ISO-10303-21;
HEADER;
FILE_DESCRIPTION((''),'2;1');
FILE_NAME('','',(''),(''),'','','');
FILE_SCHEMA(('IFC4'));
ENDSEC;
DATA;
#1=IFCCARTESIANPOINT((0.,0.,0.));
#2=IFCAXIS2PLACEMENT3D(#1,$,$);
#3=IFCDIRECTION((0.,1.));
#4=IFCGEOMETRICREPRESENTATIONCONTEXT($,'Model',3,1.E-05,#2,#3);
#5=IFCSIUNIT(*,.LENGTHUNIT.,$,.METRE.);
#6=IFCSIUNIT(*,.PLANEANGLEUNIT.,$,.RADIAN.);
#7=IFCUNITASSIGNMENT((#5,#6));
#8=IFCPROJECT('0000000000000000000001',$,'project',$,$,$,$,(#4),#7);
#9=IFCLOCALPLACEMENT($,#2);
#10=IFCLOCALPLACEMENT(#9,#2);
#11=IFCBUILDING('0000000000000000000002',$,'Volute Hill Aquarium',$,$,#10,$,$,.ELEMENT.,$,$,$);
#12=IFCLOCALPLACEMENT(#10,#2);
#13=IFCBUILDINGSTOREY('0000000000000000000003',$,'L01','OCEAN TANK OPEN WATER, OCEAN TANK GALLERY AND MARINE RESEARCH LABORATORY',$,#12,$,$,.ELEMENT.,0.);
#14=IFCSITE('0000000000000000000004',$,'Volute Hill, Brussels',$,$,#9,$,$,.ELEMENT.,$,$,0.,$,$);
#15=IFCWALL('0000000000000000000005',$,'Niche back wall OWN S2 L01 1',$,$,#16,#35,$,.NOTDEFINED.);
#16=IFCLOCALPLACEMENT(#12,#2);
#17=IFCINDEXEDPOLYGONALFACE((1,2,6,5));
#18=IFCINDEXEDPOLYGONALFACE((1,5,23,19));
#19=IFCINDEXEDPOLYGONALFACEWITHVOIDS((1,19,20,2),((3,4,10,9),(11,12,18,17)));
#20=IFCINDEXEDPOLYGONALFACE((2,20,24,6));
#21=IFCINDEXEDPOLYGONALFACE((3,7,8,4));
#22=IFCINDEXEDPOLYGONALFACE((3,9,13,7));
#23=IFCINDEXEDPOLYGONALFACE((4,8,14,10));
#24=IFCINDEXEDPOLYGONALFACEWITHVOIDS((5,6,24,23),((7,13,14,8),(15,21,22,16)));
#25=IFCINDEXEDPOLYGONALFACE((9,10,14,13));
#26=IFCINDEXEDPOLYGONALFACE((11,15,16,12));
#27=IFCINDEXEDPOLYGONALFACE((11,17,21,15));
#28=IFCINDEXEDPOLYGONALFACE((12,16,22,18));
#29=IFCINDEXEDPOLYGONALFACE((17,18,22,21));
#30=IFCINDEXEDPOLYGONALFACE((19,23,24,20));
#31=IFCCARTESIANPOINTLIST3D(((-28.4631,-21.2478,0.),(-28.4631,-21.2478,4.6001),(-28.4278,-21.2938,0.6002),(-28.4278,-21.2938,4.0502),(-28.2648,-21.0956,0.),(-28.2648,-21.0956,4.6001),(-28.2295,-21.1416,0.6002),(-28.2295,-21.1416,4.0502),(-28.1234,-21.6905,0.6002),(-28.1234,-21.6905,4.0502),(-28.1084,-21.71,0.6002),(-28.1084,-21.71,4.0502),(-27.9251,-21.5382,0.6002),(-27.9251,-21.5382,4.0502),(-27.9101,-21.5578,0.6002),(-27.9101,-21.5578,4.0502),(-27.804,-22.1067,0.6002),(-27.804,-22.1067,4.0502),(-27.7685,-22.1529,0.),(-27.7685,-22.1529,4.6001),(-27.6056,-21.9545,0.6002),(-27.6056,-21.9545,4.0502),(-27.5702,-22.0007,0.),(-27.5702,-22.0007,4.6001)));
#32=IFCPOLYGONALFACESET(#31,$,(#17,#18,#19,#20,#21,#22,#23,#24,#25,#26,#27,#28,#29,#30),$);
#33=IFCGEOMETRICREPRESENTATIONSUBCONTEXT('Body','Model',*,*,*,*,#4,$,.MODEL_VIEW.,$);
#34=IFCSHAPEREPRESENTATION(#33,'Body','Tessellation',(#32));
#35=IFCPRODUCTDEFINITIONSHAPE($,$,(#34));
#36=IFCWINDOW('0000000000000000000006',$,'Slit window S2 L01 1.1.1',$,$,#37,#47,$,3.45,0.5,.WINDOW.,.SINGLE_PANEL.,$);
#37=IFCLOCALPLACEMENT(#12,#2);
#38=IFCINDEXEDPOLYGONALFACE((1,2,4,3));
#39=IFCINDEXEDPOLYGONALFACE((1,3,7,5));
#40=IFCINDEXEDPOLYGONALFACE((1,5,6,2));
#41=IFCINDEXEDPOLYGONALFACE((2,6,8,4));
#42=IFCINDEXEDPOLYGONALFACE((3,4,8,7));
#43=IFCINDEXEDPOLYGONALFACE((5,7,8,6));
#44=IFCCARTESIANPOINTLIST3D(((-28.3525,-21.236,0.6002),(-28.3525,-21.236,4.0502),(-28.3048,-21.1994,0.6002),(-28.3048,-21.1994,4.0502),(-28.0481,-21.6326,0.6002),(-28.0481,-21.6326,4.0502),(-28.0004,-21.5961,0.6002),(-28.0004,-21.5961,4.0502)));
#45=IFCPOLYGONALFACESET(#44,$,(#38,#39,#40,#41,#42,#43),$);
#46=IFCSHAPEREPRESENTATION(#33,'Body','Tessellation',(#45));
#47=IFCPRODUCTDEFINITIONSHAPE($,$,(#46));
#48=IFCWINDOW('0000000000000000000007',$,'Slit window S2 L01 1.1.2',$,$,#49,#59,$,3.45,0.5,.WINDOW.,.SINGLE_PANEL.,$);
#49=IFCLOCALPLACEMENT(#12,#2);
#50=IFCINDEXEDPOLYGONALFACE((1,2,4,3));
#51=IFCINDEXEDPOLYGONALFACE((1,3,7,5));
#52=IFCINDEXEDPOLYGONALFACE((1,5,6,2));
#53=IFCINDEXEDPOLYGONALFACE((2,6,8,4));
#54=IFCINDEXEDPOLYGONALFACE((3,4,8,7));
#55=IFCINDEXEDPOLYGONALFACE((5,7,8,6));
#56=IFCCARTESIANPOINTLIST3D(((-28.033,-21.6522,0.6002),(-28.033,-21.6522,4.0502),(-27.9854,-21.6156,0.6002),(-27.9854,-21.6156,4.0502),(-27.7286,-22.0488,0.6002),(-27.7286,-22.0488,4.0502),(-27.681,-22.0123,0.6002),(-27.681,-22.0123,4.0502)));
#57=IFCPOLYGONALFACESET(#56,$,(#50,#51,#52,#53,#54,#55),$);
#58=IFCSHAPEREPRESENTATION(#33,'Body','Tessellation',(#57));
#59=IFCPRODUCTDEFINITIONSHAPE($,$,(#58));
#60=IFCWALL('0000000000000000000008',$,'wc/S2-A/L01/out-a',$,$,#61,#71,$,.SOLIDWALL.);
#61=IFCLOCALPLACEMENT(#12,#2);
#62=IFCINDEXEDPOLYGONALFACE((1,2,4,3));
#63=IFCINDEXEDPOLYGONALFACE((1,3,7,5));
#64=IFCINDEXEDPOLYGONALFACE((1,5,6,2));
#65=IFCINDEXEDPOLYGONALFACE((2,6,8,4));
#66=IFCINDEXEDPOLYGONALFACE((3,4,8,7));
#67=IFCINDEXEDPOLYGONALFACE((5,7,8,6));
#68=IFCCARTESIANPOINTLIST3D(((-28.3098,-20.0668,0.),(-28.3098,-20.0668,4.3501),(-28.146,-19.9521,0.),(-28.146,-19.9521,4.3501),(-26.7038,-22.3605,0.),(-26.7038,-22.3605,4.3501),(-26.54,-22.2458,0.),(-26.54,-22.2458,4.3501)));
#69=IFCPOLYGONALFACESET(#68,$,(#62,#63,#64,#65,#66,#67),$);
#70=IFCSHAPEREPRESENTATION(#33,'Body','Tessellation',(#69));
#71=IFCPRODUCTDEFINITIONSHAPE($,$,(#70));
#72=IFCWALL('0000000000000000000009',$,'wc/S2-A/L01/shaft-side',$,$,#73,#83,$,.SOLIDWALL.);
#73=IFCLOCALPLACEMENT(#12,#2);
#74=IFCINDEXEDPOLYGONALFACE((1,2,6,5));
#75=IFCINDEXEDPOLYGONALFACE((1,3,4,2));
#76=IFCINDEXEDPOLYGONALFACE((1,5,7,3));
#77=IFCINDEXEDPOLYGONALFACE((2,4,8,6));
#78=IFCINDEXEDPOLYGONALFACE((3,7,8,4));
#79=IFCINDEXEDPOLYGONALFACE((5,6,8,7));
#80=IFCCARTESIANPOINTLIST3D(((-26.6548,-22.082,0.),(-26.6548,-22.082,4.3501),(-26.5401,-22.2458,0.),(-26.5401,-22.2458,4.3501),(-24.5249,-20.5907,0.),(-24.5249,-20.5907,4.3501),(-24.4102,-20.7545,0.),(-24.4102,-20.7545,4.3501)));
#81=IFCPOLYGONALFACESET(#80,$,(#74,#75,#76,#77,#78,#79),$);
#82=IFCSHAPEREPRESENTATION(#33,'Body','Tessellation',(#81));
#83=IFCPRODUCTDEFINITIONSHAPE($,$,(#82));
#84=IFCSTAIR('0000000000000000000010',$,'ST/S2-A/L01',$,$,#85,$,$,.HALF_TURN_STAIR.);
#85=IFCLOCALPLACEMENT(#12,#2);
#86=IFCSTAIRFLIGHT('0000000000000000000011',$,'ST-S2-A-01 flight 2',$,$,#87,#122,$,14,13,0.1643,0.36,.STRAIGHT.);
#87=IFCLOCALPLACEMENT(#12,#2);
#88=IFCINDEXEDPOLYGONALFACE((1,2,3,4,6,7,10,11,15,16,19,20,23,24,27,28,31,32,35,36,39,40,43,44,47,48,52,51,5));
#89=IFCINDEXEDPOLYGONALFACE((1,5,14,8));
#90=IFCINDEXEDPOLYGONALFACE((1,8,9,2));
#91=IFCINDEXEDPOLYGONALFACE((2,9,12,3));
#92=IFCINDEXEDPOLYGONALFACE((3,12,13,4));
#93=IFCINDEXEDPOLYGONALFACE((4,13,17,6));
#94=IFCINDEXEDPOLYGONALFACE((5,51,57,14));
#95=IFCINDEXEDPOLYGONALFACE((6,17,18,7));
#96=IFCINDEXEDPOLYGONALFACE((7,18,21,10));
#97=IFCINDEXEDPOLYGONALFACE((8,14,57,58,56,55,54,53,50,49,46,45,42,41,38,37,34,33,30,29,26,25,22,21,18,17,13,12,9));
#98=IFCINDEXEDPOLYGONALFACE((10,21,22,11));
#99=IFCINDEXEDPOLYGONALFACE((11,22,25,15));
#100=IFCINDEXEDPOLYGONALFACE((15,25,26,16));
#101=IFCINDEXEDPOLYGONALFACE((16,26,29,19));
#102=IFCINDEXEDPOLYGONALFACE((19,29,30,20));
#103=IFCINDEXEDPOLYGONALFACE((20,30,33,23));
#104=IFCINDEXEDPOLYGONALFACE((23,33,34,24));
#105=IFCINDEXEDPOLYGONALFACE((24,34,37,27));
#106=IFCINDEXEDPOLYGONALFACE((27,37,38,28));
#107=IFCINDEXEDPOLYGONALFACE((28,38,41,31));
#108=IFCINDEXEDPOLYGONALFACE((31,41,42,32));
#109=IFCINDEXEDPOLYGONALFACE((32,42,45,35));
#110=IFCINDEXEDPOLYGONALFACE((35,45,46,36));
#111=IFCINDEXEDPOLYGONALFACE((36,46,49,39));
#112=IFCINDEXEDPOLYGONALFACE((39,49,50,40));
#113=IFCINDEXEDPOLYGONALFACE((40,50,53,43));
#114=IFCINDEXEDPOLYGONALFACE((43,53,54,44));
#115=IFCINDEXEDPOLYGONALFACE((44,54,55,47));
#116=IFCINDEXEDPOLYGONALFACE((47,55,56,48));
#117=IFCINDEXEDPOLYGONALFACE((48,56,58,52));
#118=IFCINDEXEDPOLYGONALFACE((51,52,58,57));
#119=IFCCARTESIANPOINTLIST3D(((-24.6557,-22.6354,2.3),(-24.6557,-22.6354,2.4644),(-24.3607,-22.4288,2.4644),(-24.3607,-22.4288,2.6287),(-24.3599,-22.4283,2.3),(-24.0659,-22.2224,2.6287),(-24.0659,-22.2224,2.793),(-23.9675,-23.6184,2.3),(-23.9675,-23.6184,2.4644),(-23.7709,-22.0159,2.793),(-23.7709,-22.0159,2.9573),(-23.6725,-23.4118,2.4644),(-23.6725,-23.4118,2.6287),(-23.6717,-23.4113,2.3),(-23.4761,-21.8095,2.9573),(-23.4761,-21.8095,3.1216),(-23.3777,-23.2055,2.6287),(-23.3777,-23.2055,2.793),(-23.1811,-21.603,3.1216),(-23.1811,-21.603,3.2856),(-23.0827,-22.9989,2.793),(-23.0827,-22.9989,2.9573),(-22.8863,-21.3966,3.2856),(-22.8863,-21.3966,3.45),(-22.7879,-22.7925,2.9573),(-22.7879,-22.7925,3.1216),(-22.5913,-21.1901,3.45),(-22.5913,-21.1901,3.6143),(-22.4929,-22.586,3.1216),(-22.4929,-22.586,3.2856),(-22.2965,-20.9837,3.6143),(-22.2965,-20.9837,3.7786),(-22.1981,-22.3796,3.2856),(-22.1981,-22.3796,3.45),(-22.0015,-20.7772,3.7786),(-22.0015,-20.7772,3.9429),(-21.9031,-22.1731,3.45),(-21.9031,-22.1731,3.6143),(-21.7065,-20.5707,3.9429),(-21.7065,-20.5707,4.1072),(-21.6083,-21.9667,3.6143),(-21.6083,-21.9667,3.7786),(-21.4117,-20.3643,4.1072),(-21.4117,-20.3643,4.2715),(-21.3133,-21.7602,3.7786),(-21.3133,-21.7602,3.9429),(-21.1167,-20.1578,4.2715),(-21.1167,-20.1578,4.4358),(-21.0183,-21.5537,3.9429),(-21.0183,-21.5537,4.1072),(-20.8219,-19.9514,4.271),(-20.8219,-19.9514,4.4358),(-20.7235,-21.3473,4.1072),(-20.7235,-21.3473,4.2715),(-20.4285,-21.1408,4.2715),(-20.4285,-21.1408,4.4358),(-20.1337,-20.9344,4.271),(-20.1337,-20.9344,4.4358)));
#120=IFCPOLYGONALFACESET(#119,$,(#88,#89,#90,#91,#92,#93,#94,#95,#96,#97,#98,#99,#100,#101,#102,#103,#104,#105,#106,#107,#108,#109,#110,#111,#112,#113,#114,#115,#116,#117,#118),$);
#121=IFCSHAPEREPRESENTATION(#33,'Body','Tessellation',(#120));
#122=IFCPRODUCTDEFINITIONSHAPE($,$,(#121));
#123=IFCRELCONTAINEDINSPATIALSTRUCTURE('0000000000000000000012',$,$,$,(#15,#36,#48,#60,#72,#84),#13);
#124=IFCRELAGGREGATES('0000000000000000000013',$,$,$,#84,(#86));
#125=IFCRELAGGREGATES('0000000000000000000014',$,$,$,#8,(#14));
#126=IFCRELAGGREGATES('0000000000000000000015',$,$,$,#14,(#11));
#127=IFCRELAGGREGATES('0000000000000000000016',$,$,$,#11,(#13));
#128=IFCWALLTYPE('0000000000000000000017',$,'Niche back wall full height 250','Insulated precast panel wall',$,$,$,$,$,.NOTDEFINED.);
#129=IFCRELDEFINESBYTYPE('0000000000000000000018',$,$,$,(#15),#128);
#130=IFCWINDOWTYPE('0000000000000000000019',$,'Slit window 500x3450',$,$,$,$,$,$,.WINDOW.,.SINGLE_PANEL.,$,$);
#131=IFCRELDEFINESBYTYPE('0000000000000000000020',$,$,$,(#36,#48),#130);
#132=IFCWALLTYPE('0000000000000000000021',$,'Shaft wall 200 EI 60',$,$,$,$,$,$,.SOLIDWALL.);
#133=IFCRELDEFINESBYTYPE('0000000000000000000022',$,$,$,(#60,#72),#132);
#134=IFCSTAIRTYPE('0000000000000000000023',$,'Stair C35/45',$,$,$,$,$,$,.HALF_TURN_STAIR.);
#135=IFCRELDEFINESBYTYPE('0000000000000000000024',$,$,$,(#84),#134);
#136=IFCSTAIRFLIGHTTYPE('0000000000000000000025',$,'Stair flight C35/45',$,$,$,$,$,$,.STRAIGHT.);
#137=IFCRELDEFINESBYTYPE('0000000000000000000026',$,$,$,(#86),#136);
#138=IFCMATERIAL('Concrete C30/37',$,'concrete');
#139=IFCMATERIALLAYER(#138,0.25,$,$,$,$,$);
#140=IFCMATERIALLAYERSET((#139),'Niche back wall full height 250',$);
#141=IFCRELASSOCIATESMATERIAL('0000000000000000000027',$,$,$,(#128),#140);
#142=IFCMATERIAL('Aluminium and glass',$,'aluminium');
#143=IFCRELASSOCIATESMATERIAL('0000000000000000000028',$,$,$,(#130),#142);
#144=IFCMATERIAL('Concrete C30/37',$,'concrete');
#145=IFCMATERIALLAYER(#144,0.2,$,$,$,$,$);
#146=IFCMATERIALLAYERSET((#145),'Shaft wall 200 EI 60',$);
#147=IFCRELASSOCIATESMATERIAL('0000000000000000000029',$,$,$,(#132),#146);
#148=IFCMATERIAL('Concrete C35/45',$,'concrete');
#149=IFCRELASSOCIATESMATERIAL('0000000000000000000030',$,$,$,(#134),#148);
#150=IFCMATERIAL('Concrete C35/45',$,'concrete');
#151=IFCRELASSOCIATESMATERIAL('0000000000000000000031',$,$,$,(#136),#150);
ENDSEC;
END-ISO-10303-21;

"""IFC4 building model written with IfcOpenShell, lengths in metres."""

from ifc_helpers import new_model, si_unit, direction, frame, frame_2d, origin, place, context, subcontext, project, spatial, polyline, rectangle, outline, extrude, material, layer, layer_set, type_object, element, fill, aggregate, save


model = new_model("IFC4")

# Units and contexts
model_context = context("Model", 3, precision=1e-05, world=origin(), true_north=direction((0.0, 1.0)))
body_context = subcontext(model_context, "Body", "Model", "MODEL_VIEW")
ifc_project = project(units=[si_unit("LENGTHUNIT", "METRE"), si_unit("PLANEANGLEUNIT", "RADIAN")], contexts=[model_context])

# Site, building, storey
site_placement = place(None, origin())
site = spatial("IfcSite", under=ifc_project, at=site_placement, Name="Volute Hill, Brussels", CompositionType="ELEMENT", RefElevation=0.0)
building_placement = place(site_placement, origin())
building = spatial("IfcBuilding", under=site, at=building_placement, Name="Volute Hill Aquarium", CompositionType="ELEMENT")
storey_placement = place(building_placement, origin())
storey = spatial("IfcBuildingStorey", under=building, at=storey_placement, Name="L01", Description="OCEAN TANK OPEN WATER, OCEAN TANK GALLERY AND MARINE RESEARCH LABORATORY", CompositionType="ELEMENT", Elevation=0.0)

# Wall, openings, windows
ifc_material_1 = material(Name="Concrete C30/37", Category="concrete")
ifc_layer_1 = layer(ifc_material_1, 0.25)
ifc_layer_set_1 = layer_set([ifc_layer_1], Name="Niche back wall full height 250")
wall_type_1 = type_object("IfcWallType", Name="Niche back wall full height 250", Description="Insulated precast panel wall", PredefinedType="NOTDEFINED", material=ifc_layer_set_1)
wall_1_placement = place(storey_placement, frame((-27.6694, -22.0767, 0.0), z_axis=(0.0, 0.0, 1.0), x_axis=(-0.608831, 0.7933, 0.0)))
wall_1 = element("IfcWall", 1, at=wall_1_placement, inside=storey, type_object=wall_type_1, Name="Niche back wall OWN S2 L01 1", PredefinedType="NOTDEFINED", context=body_context, shape_type="SweptSolid", body=[
    extrude(rectangle(XDim=1.1409, YDim=0.25, at=frame_2d((0.5703, 0.0))), origin(), (0.0, 0.0, 1.0), 4.6001),
])
opening_1_placement = place(wall_1_placement, frame((0.5828, 0.0, 0.6001)))
opening_1 = element("IfcOpeningElement", 2, at=opening_1_placement, cuts=wall_1, PredefinedType="OPENING", context=body_context, shape_type="SweptSolid", body=[
    extrude(rectangle(XDim=0.5, YDim=3.45, at=frame_2d((0.25, 1.7251))), frame((0.0, 0.135, 0.0), z_axis=(0.0, -1.0, 0.0), x_axis=(1.0, 0.0, 0.0)), (0.0, 0.0, 1.0), 0.27),
])
opening_2_placement = place(wall_1_placement, frame((0.0581, 0.0, 0.6001)))
opening_2 = element("IfcOpeningElement", 3, at=opening_2_placement, cuts=wall_1, PredefinedType="OPENING", context=body_context, shape_type="SweptSolid", body=[
    extrude(rectangle(XDim=0.5, YDim=3.45, at=frame_2d((0.25, 1.7251))), frame((0.0, 0.135, 0.0), z_axis=(0.0, -1.0, 0.0), x_axis=(1.0, 0.0, 0.0)), (0.0, 0.0, 1.0), 0.27),
])
ifc_material_2 = material(Name="Aluminium and glass", Category="aluminium")
window_type = type_object("IfcWindowType", Name="Slit window 500x3450", PartitioningType="SINGLE_PANEL", PredefinedType="WINDOW", material=ifc_material_2)
window_1_placement = place(opening_1_placement, origin())
window_1 = element("IfcWindow", 4, at=window_1_placement, inside=storey, type_object=window_type, Name="Slit window S2 L01 1.1.1", OverallHeight=3.45, OverallWidth=0.5, PartitioningType="SINGLE_PANEL", PredefinedType="WINDOW", context=body_context, shape_type="SweptSolid", body=[
    extrude(rectangle(XDim=0.5, YDim=3.45, at=frame_2d((0.25, 1.7251))), frame((0.0, 0.03, 0.0), z_axis=(0.0, -1.0, 0.0), x_axis=(1.0, 0.0, 0.0)), (0.0, 0.0, 1.0), 0.0601),
])
fill(opening_1, window_1)
window_2_placement = place(opening_2_placement, origin())
window_2 = element("IfcWindow", 5, at=window_2_placement, inside=storey, type_object=window_type, Name="Slit window S2 L01 1.1.2", OverallHeight=3.45, OverallWidth=0.5, PartitioningType="SINGLE_PANEL", PredefinedType="WINDOW", context=body_context, shape_type="SweptSolid", body=[
    extrude(rectangle(XDim=0.5, YDim=3.45, at=frame_2d((0.25, 1.7251))), frame((0.0, 0.03, 0.0), z_axis=(0.0, -1.0, 0.0), x_axis=(1.0, 0.0, 0.0)), (0.0, 0.0, 1.0), 0.0601),
])
fill(opening_2, window_2)

# Walls
ifc_material_3 = material(Name="Concrete C30/37", Category="concrete")
ifc_layer_2 = layer(ifc_material_3, 0.2)
ifc_layer_set_2 = layer_set([ifc_layer_2], Name="Shaft wall 200 EI 60")
wall_type_2 = type_object("IfcWallType", Name="Shaft wall 200 EI 60", PredefinedType="SOLIDWALL", material=ifc_layer_set_2)
wall_2_placement = place(storey_placement, frame((-28.2278, -20.0095, 0.0), z_axis=(0.0, 0.0, 1.0), x_axis=(0.57355, -0.81917, 0.0)))
element("IfcWall", 6, at=wall_2_placement, inside=storey, type_object=wall_type_2, Name="wc/S2-A/L01/out-a", PredefinedType="SOLIDWALL", context=body_context, shape_type="SweptSolid", body=[
    extrude(rectangle(XDim=2.8, YDim=0.2, at=frame_2d((1.3999, 0.0))), origin(), (0.0, 0.0, 1.0), 4.3501),
])
wall_3_placement = place(storey_placement, frame((-24.4675, -20.6726, 0.0), z_axis=(0.0, 0.0, 1.0), x_axis=(-0.819179, -0.573538, 0.0)))
element("IfcWall", 7, at=wall_3_placement, inside=storey, type_object=wall_type_2, Name="wc/S2-A/L01/shaft-side", PredefinedType="SOLIDWALL", context=body_context, shape_type="SweptSolid", body=[
    extrude(rectangle(XDim=2.6001, YDim=0.2, at=frame_2d((1.3, 0.0))), origin(), (0.0, 0.0, 1.0), 4.3501),
])

# Stair, stair flight
ifc_material_4 = material(Name="Concrete C35/45", Category="concrete")
stair_type = type_object("IfcStairType", Name="Stair C35/45", PredefinedType="HALF_TURN_STAIR", material=ifc_material_4)
stair_placement = place(storey_placement, origin())
stair = element("IfcStair", 8, at=stair_placement, inside=storey, type_object=stair_type, Name="ST/S2-A/L01", PredefinedType="HALF_TURN_STAIR")
ifc_material_5 = material(Name="Concrete C35/45", Category="concrete")
stair_flight_type = type_object("IfcStairFlightType", Name="Stair flight C35/45", PredefinedType="STRAIGHT", material=ifc_material_5)
stair_flight_placement = place(storey_placement, frame((-24.3115, -23.127, 2.3), z_axis=(0.0, 0.0, 1.0), x_axis=(0.819204, 0.573503, 0.0)))
stair_flight = element("IfcStairFlight", 9, at=stair_flight_placement, type_object=stair_flight_type, Name="ST-S2-A-01 flight 2", NumberOfRisers=14, NumberOfTreads=13, PredefinedType="STRAIGHT", RiserHeight=0.1643, TreadLength=0.36, context=body_context, shape_type="SweptSolid", body=[
    extrude(outline(polyline([(0.0, 0.0), (0.0, 0.1643), (0.3601, 0.1643), (0.3601, 0.3286), (0.72, 0.3286), (0.72, 0.4929), (1.0801, 0.4929), (1.0801, 0.6572), (1.4399, 0.6572), (1.4399, 0.8215), (1.8, 0.8215), (1.8, 0.9856), (2.1599, 0.9856), (2.1599, 1.1499), (2.52, 1.1499), (2.52, 1.3142), (2.8799, 1.3142), (2.8799, 1.4785), (3.24, 1.4785), (3.24, 1.6428), (3.6001, 1.6428), (3.6001, 1.8071), (3.96, 1.8071), (3.96, 1.9714), (4.3201, 1.9714), (4.3201, 2.1357), (4.6799, 2.1357), (4.6799, 2.3), (4.6799, 1.9709), (0.3611, 0.0), (0.0, 0.0)])), frame((0.0, 0.6001, 0.0), z_axis=(0.0, -1.0, 0.0), x_axis=(1.0, 0.0, 0.0)), (0.0, 0.0, 1.0), 1.2),
])
aggregate(stair, [stair_flight])

save(model, "model.ifc")
